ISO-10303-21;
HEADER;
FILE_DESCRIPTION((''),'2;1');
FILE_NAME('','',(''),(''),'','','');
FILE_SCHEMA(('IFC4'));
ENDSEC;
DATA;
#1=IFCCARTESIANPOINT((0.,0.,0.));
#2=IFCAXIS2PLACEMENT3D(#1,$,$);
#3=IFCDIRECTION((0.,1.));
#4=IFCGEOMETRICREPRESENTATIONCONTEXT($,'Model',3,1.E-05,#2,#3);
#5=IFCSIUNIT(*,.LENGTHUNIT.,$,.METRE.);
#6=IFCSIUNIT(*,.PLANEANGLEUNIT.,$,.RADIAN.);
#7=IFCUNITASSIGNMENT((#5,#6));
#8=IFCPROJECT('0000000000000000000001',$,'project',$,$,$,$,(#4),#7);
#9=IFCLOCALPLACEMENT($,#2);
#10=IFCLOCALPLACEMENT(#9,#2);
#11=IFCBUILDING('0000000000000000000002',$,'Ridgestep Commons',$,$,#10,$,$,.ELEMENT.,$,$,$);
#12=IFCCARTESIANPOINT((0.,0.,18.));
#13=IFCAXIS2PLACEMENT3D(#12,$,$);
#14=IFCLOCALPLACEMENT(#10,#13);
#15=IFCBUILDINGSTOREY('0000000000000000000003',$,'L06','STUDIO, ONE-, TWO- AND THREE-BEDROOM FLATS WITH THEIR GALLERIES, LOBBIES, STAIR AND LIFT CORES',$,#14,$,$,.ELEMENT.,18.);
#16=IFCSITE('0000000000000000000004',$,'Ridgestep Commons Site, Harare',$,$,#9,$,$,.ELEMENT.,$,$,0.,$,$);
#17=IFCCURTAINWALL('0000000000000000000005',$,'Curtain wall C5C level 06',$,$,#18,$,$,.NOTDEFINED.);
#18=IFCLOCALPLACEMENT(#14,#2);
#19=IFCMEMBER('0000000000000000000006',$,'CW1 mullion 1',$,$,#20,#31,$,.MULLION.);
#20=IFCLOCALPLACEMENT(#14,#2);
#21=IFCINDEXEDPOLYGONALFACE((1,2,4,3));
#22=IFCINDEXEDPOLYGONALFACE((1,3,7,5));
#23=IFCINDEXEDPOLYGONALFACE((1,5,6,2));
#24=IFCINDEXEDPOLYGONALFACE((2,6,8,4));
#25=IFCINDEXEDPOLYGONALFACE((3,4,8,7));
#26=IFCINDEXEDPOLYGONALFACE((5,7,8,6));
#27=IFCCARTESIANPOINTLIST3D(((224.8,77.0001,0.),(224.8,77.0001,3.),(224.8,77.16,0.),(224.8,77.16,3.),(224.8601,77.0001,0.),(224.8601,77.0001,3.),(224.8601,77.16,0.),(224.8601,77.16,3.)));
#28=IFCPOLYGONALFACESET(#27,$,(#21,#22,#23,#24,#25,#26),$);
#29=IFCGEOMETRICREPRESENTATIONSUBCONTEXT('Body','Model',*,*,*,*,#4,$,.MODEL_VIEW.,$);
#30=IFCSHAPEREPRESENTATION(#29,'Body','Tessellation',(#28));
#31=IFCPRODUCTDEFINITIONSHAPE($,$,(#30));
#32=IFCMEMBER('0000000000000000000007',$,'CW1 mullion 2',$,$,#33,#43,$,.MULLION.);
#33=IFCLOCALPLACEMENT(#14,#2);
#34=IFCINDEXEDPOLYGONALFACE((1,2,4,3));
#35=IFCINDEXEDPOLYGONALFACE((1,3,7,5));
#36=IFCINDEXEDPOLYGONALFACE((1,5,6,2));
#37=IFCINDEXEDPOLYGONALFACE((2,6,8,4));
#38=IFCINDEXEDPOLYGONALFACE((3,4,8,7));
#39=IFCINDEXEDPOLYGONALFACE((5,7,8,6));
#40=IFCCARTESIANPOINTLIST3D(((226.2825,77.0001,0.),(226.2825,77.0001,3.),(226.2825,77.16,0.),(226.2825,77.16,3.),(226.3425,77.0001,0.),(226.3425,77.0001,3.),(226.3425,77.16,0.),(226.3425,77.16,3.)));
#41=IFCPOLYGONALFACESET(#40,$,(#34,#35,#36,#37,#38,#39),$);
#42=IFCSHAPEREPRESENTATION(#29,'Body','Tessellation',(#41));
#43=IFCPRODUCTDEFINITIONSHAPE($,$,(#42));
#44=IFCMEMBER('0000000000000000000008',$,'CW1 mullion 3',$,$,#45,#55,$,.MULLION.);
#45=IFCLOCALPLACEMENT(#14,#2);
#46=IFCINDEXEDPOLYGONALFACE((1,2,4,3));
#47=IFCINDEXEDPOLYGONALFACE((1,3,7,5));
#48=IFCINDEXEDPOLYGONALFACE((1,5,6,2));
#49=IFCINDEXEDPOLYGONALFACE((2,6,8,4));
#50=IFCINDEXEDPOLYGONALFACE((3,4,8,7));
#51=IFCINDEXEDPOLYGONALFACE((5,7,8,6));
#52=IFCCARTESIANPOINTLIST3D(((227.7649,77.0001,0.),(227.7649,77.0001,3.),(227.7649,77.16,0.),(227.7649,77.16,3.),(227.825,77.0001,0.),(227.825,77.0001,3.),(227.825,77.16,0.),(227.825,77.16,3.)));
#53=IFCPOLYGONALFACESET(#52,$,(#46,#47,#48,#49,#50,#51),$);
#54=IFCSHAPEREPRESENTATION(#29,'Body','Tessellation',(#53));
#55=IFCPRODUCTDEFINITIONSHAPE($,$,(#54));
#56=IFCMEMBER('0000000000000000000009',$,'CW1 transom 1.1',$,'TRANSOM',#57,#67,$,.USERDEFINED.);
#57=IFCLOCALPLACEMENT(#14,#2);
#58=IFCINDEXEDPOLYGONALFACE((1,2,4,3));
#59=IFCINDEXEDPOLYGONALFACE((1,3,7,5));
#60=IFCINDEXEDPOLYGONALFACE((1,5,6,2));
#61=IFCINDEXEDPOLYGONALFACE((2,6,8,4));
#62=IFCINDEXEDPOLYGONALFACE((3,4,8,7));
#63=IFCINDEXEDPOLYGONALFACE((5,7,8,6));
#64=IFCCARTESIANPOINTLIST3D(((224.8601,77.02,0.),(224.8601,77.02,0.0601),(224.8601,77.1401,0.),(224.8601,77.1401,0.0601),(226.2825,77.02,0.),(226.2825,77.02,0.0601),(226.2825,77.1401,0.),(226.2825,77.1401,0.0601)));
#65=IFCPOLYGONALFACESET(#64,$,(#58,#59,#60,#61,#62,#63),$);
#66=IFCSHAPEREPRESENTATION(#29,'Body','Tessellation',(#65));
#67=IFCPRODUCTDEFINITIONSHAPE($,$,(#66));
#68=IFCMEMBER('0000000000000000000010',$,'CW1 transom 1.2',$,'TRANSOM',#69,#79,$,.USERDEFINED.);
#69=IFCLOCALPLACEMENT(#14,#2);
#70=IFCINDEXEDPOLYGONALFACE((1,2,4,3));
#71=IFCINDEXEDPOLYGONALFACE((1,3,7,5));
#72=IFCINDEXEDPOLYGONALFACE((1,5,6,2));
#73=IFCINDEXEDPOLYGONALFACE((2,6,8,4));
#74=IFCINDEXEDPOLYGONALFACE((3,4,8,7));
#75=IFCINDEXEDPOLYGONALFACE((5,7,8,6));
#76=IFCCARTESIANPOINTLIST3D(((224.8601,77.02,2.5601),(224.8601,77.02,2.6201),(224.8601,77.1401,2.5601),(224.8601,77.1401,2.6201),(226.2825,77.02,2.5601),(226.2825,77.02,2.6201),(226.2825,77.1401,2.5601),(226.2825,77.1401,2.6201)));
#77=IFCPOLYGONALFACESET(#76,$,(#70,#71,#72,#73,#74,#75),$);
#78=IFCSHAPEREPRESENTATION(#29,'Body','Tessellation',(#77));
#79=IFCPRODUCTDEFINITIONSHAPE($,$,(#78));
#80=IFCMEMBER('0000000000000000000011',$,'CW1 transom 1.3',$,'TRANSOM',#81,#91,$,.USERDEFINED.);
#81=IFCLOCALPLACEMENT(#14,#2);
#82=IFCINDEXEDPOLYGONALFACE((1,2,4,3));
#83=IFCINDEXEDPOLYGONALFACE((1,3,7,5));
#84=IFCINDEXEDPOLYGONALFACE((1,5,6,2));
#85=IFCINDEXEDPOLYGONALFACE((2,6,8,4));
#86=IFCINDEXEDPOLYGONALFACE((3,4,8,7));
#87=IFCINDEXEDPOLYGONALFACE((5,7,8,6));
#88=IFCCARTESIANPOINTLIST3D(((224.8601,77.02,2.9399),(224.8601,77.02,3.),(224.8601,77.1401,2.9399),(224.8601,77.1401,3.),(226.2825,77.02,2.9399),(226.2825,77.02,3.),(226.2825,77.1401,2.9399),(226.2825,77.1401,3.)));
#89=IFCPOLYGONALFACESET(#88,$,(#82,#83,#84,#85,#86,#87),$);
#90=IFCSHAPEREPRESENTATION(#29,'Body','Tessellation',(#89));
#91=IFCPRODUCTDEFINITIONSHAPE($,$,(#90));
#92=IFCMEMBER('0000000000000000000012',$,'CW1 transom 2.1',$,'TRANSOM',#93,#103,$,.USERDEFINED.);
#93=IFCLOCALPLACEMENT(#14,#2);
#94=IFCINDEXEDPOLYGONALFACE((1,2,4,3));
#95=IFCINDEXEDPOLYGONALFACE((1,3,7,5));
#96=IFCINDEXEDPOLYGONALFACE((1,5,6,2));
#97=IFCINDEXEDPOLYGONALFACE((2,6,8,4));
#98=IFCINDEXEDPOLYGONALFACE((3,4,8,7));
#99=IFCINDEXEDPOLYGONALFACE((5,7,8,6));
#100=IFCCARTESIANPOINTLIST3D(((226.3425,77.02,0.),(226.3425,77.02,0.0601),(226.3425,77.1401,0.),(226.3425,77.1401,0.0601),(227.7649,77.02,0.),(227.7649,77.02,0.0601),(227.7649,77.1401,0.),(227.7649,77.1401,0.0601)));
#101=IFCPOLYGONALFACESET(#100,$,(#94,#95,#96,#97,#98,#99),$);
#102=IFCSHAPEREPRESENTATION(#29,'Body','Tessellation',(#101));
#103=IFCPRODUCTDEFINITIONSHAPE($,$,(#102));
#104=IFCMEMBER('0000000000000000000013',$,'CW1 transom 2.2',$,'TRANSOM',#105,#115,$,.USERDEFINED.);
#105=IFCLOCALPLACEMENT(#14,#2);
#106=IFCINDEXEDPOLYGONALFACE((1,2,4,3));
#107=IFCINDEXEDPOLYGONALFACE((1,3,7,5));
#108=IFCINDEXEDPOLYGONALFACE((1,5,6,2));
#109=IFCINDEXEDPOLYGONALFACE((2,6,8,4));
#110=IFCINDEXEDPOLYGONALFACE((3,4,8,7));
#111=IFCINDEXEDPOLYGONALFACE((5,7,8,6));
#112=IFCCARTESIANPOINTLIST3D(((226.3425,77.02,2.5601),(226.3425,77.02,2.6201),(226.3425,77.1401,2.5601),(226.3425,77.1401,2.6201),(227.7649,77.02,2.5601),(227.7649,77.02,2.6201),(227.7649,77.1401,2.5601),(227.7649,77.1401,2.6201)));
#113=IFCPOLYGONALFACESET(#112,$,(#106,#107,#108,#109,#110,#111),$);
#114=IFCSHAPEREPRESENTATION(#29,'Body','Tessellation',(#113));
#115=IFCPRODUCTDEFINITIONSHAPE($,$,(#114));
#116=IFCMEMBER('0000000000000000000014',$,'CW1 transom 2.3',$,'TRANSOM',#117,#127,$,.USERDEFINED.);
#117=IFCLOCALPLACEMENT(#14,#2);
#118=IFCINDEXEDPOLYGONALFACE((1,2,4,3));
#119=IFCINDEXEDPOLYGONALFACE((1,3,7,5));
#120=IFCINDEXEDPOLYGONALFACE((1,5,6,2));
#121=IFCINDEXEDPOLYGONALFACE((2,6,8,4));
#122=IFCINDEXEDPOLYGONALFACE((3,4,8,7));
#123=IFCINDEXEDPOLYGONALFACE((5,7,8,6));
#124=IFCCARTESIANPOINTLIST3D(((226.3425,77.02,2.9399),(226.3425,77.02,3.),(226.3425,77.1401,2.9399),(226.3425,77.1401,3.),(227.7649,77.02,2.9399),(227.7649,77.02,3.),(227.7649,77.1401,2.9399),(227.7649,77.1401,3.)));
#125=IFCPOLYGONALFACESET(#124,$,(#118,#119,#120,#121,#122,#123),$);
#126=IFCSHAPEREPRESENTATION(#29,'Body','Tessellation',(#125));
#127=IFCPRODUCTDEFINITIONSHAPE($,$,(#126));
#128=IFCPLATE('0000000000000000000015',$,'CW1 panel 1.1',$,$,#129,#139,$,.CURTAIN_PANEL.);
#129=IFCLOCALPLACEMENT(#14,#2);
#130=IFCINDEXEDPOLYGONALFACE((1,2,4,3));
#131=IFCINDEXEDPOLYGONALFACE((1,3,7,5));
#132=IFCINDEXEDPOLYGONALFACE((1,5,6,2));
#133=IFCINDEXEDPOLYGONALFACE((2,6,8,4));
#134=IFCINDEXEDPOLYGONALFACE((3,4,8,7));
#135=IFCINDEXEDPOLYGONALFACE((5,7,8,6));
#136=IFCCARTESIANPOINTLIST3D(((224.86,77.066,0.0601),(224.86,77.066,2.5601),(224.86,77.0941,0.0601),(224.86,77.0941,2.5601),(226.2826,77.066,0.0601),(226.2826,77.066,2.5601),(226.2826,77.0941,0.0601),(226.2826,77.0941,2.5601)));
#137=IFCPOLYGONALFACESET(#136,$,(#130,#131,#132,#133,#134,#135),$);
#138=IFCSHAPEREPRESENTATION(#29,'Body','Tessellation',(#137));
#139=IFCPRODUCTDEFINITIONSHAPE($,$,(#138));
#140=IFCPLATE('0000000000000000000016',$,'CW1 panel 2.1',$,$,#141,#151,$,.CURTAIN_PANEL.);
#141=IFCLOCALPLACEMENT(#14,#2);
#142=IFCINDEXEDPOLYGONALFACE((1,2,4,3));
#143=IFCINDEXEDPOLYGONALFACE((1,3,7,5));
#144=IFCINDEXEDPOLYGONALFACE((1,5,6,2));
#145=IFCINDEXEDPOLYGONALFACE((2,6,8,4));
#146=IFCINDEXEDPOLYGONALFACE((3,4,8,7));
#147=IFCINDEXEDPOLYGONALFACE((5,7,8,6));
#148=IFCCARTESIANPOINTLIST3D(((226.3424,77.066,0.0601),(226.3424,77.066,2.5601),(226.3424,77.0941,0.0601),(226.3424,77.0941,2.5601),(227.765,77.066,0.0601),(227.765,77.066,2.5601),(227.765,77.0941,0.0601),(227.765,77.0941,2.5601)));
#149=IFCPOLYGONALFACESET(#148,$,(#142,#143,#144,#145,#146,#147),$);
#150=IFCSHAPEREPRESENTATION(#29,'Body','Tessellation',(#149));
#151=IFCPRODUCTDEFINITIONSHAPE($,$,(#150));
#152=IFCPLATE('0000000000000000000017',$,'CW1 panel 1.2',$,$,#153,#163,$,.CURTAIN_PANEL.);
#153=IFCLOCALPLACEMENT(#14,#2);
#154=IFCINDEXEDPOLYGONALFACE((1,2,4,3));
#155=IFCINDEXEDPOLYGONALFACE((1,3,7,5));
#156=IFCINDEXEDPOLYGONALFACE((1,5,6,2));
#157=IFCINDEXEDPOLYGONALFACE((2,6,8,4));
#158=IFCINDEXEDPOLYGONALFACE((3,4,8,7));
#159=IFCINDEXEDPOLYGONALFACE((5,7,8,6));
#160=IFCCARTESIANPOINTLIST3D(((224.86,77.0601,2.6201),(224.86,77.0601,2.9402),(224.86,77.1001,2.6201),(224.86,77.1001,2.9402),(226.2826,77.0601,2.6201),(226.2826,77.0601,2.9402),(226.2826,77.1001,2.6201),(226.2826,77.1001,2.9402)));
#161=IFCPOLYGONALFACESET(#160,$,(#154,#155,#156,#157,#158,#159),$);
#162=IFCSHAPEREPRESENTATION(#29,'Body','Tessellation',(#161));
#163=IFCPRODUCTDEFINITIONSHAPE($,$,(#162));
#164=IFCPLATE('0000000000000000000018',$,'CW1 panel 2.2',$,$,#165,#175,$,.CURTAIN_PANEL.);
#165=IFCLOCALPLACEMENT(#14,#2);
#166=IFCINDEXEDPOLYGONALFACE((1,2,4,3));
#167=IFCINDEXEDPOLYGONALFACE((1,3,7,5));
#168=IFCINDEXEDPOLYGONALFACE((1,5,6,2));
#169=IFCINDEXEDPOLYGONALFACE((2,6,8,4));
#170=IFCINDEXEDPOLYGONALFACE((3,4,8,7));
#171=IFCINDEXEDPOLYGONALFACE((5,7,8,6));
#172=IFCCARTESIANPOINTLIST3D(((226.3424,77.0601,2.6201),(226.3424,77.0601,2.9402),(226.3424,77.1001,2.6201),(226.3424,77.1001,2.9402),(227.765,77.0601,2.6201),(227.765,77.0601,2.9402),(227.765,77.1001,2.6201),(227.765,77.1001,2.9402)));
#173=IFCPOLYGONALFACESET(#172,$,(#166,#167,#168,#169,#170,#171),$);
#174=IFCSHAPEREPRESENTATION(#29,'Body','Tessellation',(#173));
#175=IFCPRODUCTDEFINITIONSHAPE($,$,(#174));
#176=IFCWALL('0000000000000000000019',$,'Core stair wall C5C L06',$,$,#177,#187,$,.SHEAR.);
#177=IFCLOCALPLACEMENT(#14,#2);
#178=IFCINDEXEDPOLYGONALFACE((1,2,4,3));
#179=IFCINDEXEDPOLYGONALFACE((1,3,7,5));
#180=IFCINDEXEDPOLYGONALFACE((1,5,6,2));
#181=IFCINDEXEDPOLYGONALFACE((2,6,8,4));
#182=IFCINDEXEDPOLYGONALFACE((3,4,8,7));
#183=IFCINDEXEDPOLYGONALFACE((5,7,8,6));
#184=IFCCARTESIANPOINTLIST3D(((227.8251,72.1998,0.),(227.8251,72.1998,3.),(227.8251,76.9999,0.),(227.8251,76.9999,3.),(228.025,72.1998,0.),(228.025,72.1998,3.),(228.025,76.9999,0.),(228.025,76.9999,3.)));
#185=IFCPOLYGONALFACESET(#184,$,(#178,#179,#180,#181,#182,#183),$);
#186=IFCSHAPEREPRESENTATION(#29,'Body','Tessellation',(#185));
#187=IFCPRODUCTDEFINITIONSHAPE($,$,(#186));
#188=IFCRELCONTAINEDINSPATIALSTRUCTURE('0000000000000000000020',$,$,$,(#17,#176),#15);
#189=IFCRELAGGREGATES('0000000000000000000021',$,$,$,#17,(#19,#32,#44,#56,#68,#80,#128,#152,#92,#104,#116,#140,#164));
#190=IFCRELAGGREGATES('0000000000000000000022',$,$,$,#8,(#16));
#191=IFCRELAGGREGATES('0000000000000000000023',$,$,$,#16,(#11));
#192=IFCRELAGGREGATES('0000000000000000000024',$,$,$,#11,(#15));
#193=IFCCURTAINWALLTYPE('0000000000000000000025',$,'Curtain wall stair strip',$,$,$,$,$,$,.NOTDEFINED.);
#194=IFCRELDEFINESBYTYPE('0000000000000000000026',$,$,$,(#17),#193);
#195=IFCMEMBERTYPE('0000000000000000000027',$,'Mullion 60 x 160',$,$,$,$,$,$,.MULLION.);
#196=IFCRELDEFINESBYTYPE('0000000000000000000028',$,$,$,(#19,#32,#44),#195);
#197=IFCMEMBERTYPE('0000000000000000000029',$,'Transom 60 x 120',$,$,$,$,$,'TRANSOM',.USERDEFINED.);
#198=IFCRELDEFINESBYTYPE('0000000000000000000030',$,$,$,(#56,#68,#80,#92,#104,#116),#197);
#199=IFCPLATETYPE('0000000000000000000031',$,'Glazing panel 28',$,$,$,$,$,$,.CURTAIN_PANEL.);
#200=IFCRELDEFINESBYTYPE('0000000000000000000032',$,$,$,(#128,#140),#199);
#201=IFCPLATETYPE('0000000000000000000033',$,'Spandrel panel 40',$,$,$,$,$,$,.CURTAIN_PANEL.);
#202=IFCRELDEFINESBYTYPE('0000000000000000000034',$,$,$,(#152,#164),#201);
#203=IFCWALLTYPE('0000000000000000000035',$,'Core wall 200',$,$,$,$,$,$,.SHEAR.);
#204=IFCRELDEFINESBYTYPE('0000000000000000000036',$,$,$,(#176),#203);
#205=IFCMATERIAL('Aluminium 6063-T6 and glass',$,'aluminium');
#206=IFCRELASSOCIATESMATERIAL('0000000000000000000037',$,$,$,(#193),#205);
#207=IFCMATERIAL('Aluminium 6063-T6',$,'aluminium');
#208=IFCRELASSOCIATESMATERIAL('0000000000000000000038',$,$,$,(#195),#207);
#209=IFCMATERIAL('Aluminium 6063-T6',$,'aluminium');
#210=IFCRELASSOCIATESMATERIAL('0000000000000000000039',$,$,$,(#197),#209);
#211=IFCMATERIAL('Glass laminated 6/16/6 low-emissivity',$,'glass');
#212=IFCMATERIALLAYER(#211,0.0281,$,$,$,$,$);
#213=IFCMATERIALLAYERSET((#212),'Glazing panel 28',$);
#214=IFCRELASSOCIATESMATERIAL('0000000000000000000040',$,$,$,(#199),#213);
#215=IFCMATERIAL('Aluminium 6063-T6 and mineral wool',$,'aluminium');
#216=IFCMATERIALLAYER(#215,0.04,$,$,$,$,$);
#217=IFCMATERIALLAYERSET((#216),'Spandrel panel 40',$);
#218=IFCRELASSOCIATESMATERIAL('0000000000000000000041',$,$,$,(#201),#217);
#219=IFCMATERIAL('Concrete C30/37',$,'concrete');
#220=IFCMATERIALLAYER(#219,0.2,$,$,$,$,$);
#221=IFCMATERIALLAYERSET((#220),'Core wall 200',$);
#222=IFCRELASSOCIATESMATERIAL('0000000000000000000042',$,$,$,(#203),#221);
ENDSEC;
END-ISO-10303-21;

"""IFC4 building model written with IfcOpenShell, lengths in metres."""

from ifc_helpers import new_model, si_unit, direction, frame, frame_2d, origin, origin_2d, place, context, subcontext, project, spatial, rectangle, extrude, material, layer, layer_set, material_profile, profile_set, type_object, element, aggregate, save


model = new_model("IFC4")

# Units and contexts
model_context = context("Model", 3, precision=1e-05, world=origin(), true_north=direction((0.0, 1.0)))
body_context = subcontext(model_context, "Body", "Model", "MODEL_VIEW")
ifc_project = project(units=[si_unit("LENGTHUNIT", "METRE"), si_unit("PLANEANGLEUNIT", "RADIAN")], contexts=[model_context])

# Site, building, storey
site_placement = place(None, origin())
site = spatial("IfcSite", under=ifc_project, at=site_placement, Name="Ridgestep Commons Site, Harare", CompositionType="ELEMENT", RefElevation=0.0)
building_placement = place(site_placement, origin())
building = spatial("IfcBuilding", under=site, at=building_placement, Name="Ridgestep Commons", CompositionType="ELEMENT")
storey_placement = place(building_placement, frame((0.0, 0.0, 18.0)))
storey = spatial("IfcBuildingStorey", under=building, at=storey_placement, Name="L06", Description="STUDIO, ONE-, TWO- AND THREE-BEDROOM FLATS WITH THEIR GALLERIES, LOBBIES, STAIR AND LIFT CORES", CompositionType="ELEMENT", Elevation=18.0)

# Curtain wall, members, plates
ifc_material_1 = material(Name="Aluminium 6063-T6 and glass", Category="aluminium")
curtain_wall_type = type_object("IfcCurtainWallType", Name="Curtain wall stair strip", PredefinedType="NOTDEFINED", material=ifc_material_1)
curtain_wall_placement = place(storey_placement, origin())
curtain_wall = element("IfcCurtainWall", 1, at=curtain_wall_placement, inside=storey, type_object=curtain_wall_type, Name="Curtain wall C5C level 06", PredefinedType="NOTDEFINED")
ifc_material_2 = material(Name="Aluminium 6063-T6", Category="aluminium")
ifc_material_profile_1 = material_profile(ifc_material_2, rectangle(XDim=0.1599, YDim=0.0601, at=origin_2d()), Name="Mullion 60 x 160")
ifc_profile_set_1 = profile_set([ifc_material_profile_1], Name="Aluminium 6063-T6")
member_type_1 = type_object("IfcMemberType", Name="Mullion 60 x 160", PredefinedType="MULLION", material=ifc_profile_set_1)
member_1_placement = place(storey_placement, frame((224.8301, 77.0801, 0.0), z_axis=(0.0, 0.0, 1.0), x_axis=(0.0, 1.0, 0.0)))
member_1 = element("IfcMember", 2, at=member_1_placement, type_object=member_type_1, Name="CW1 mullion 1", PredefinedType="MULLION", context=body_context, shape_type="SweptSolid", body=[
    extrude(rectangle(XDim=0.1599, YDim=0.0601, at=origin_2d()), origin(), (0.0, 0.0, 1.0), 3.0),
])
member_2_placement = place(storey_placement, frame((226.3125, 77.0801, 0.0), z_axis=(0.0, 0.0, 1.0), x_axis=(0.0, 1.0, 0.0)))
member_2 = element("IfcMember", 3, at=member_2_placement, type_object=member_type_1, Name="CW1 mullion 2", PredefinedType="MULLION", context=body_context, shape_type="SweptSolid", body=[
    extrude(rectangle(XDim=0.1599, YDim=0.0601, at=origin_2d()), origin(), (0.0, 0.0, 1.0), 3.0),
])
member_3_placement = place(storey_placement, frame((227.7949, 77.0801, 0.0), z_axis=(0.0, 0.0, 1.0), x_axis=(0.0, 1.0, 0.0)))
member_3 = element("IfcMember", 4, at=member_3_placement, type_object=member_type_1, Name="CW1 mullion 3", PredefinedType="MULLION", context=body_context, shape_type="SweptSolid", body=[
    extrude(rectangle(XDim=0.1599, YDim=0.0601, at=origin_2d()), origin(), (0.0, 0.0, 1.0), 3.0),
])
ifc_material_3 = material(Name="Aluminium 6063-T6", Category="aluminium")
ifc_material_profile_2 = material_profile(ifc_material_3, rectangle(XDim=0.1201, YDim=0.0601, at=origin_2d()), Name="Transom 60 x 120")
ifc_profile_set_2 = profile_set([ifc_material_profile_2], Name="Aluminium 6063-T6")
member_type_2 = type_object("IfcMemberType", Name="Transom 60 x 120", ElementType="TRANSOM", PredefinedType="USERDEFINED", material=ifc_profile_set_2)
member_4_placement = place(storey_placement, frame((224.8601, 77.0801, 0.03), z_axis=(1.0, 0.0, 0.0), x_axis=(0.0, 1.0, 0.0)))
member_4 = element("IfcMember", 5, at=member_4_placement, type_object=member_type_2, Name="CW1 transom 1.1", ObjectType="TRANSOM", PredefinedType="USERDEFINED", context=body_context, shape_type="SweptSolid", body=[
    extrude(rectangle(XDim=0.1201, YDim=0.0601, at=origin_2d()), origin(), (0.0, 0.0, 1.0), 1.4224),
])
member_5_placement = place(storey_placement, frame((224.8601, 77.0801, 2.5901), z_axis=(1.0, 0.0, 0.0), x_axis=(0.0, 1.0, 0.0)))
member_5 = element("IfcMember", 6, at=member_5_placement, type_object=member_type_2, Name="CW1 transom 1.2", ObjectType="TRANSOM", PredefinedType="USERDEFINED", context=body_context, shape_type="SweptSolid", body=[
    extrude(rectangle(XDim=0.1201, YDim=0.0601, at=origin_2d()), origin(), (0.0, 0.0, 1.0), 1.4224),
])
member_6_placement = place(storey_placement, frame((224.8601, 77.0801, 2.97), z_axis=(1.0, 0.0, 0.0), x_axis=(0.0, 1.0, 0.0)))
member_6 = element("IfcMember", 7, at=member_6_placement, type_object=member_type_2, Name="CW1 transom 1.3", ObjectType="TRANSOM", PredefinedType="USERDEFINED", context=body_context, shape_type="SweptSolid", body=[
    extrude(rectangle(XDim=0.1201, YDim=0.0601, at=origin_2d()), origin(), (0.0, 0.0, 1.0), 1.4224),
])
member_7_placement = place(storey_placement, frame((226.3425, 77.0801, 0.03), z_axis=(1.0, 0.0, 0.0), x_axis=(0.0, 1.0, 0.0)))
member_7 = element("IfcMember", 8, at=member_7_placement, type_object=member_type_2, Name="CW1 transom 2.1", ObjectType="TRANSOM", PredefinedType="USERDEFINED", context=body_context, shape_type="SweptSolid", body=[
    extrude(rectangle(XDim=0.1201, YDim=0.0601, at=origin_2d()), origin(), (0.0, 0.0, 1.0), 1.4224),
])
member_8_placement = place(storey_placement, frame((226.3425, 77.0801, 2.5901), z_axis=(1.0, 0.0, 0.0), x_axis=(0.0, 1.0, 0.0)))
member_8 = element("IfcMember", 9, at=member_8_placement, type_object=member_type_2, Name="CW1 transom 2.2", ObjectType="TRANSOM", PredefinedType="USERDEFINED", context=body_context, shape_type="SweptSolid", body=[
    extrude(rectangle(XDim=0.1201, YDim=0.0601, at=origin_2d()), origin(), (0.0, 0.0, 1.0), 1.4224),
])
member_9_placement = place(storey_placement, frame((226.3425, 77.0801, 2.97), z_axis=(1.0, 0.0, 0.0), x_axis=(0.0, 1.0, 0.0)))
member_9 = element("IfcMember", 10, at=member_9_placement, type_object=member_type_2, Name="CW1 transom 2.3", ObjectType="TRANSOM", PredefinedType="USERDEFINED", context=body_context, shape_type="SweptSolid", body=[
    extrude(rectangle(XDim=0.1201, YDim=0.0601, at=origin_2d()), origin(), (0.0, 0.0, 1.0), 1.4224),
])
ifc_material_4 = material(Name="Glass laminated 6/16/6 low-emissivity", Category="glass")
ifc_layer_1 = layer(ifc_material_4, 0.0281)
ifc_layer_set_1 = layer_set([ifc_layer_1], Name="Glazing panel 28")
plate_type_1 = type_object("IfcPlateType", Name="Glazing panel 28", PredefinedType="CURTAIN_PANEL", material=ifc_layer_set_1)
plate_1_placement = place(storey_placement, frame((225.5713, 77.0801, 0.0601), z_axis=(0.0, 0.0, 1.0), x_axis=(1.0, 0.0, 0.0)))
plate_1 = element("IfcPlate", 11, at=plate_1_placement, type_object=plate_type_1, Name="CW1 panel 1.1", PredefinedType="CURTAIN_PANEL", context=body_context, shape_type="SweptSolid", body=[
    extrude(rectangle(XDim=1.4226, YDim=0.0281, at=origin_2d()), origin(), (0.0, 0.0, 1.0), 2.5),
])
plate_2_placement = place(storey_placement, frame((227.0537, 77.0801, 0.0601), z_axis=(0.0, 0.0, 1.0), x_axis=(1.0, 0.0, 0.0)))
plate_2 = element("IfcPlate", 12, at=plate_2_placement, type_object=plate_type_1, Name="CW1 panel 2.1", PredefinedType="CURTAIN_PANEL", context=body_context, shape_type="SweptSolid", body=[
    extrude(rectangle(XDim=1.4226, YDim=0.0281, at=origin_2d()), origin(), (0.0, 0.0, 1.0), 2.5),
])
ifc_material_5 = material(Name="Aluminium 6063-T6 and mineral wool", Category="aluminium")
ifc_layer_2 = layer(ifc_material_5, 0.04)
ifc_layer_set_2 = layer_set([ifc_layer_2], Name="Spandrel panel 40")
plate_type_2 = type_object("IfcPlateType", Name="Spandrel panel 40", PredefinedType="CURTAIN_PANEL", material=ifc_layer_set_2)
plate_3_placement = place(storey_placement, frame((225.5713, 77.0801, 2.6201), z_axis=(0.0, 0.0, 1.0), x_axis=(1.0, 0.0, 0.0)))
plate_3 = element("IfcPlate", 13, at=plate_3_placement, type_object=plate_type_2, Name="CW1 panel 1.2", PredefinedType="CURTAIN_PANEL", context=body_context, shape_type="SweptSolid", body=[
    extrude(rectangle(XDim=1.4226, YDim=0.04, at=origin_2d()), origin(), (0.0, 0.0, 1.0), 0.3201),
])
plate_4_placement = place(storey_placement, frame((227.0537, 77.0801, 2.6201), z_axis=(0.0, 0.0, 1.0), x_axis=(1.0, 0.0, 0.0)))
plate_4 = element("IfcPlate", 14, at=plate_4_placement, type_object=plate_type_2, Name="CW1 panel 2.2", PredefinedType="CURTAIN_PANEL", context=body_context, shape_type="SweptSolid", body=[
    extrude(rectangle(XDim=1.4226, YDim=0.04, at=origin_2d()), origin(), (0.0, 0.0, 1.0), 0.3201),
])
aggregate(curtain_wall, [member_1, member_2, member_3, member_4, member_5, member_6, plate_1, plate_3, member_7, member_8, member_9, plate_2, plate_4])

# Wall
ifc_material_6 = material(Name="Concrete C30/37", Category="concrete")
ifc_layer_3 = layer(ifc_material_6, 0.2)
ifc_layer_set_3 = layer_set([ifc_layer_3], Name="Core wall 200")
wall_type_1 = type_object("IfcWallType", Name="Core wall 200", PredefinedType="SHEAR", material=ifc_layer_set_3)
wall_1_placement = place(storey_placement, frame((227.925, 72.2, 0.0), z_axis=(0.0, 0.0, 1.0), x_axis=(0.0, 1.0, 0.0)))
element("IfcWall", 15, at=wall_1_placement, inside=storey, type_object=wall_type_1, Name="Core stair wall C5C L06", PredefinedType="SHEAR", context=body_context, shape_type="SweptSolid", body=[
    extrude(rectangle(XDim=4.8, YDim=0.2, at=frame_2d((2.3999, 0.0))), origin(), (0.0, 0.0, 1.0), 3.0),
])

save(model, "model.ifc")
